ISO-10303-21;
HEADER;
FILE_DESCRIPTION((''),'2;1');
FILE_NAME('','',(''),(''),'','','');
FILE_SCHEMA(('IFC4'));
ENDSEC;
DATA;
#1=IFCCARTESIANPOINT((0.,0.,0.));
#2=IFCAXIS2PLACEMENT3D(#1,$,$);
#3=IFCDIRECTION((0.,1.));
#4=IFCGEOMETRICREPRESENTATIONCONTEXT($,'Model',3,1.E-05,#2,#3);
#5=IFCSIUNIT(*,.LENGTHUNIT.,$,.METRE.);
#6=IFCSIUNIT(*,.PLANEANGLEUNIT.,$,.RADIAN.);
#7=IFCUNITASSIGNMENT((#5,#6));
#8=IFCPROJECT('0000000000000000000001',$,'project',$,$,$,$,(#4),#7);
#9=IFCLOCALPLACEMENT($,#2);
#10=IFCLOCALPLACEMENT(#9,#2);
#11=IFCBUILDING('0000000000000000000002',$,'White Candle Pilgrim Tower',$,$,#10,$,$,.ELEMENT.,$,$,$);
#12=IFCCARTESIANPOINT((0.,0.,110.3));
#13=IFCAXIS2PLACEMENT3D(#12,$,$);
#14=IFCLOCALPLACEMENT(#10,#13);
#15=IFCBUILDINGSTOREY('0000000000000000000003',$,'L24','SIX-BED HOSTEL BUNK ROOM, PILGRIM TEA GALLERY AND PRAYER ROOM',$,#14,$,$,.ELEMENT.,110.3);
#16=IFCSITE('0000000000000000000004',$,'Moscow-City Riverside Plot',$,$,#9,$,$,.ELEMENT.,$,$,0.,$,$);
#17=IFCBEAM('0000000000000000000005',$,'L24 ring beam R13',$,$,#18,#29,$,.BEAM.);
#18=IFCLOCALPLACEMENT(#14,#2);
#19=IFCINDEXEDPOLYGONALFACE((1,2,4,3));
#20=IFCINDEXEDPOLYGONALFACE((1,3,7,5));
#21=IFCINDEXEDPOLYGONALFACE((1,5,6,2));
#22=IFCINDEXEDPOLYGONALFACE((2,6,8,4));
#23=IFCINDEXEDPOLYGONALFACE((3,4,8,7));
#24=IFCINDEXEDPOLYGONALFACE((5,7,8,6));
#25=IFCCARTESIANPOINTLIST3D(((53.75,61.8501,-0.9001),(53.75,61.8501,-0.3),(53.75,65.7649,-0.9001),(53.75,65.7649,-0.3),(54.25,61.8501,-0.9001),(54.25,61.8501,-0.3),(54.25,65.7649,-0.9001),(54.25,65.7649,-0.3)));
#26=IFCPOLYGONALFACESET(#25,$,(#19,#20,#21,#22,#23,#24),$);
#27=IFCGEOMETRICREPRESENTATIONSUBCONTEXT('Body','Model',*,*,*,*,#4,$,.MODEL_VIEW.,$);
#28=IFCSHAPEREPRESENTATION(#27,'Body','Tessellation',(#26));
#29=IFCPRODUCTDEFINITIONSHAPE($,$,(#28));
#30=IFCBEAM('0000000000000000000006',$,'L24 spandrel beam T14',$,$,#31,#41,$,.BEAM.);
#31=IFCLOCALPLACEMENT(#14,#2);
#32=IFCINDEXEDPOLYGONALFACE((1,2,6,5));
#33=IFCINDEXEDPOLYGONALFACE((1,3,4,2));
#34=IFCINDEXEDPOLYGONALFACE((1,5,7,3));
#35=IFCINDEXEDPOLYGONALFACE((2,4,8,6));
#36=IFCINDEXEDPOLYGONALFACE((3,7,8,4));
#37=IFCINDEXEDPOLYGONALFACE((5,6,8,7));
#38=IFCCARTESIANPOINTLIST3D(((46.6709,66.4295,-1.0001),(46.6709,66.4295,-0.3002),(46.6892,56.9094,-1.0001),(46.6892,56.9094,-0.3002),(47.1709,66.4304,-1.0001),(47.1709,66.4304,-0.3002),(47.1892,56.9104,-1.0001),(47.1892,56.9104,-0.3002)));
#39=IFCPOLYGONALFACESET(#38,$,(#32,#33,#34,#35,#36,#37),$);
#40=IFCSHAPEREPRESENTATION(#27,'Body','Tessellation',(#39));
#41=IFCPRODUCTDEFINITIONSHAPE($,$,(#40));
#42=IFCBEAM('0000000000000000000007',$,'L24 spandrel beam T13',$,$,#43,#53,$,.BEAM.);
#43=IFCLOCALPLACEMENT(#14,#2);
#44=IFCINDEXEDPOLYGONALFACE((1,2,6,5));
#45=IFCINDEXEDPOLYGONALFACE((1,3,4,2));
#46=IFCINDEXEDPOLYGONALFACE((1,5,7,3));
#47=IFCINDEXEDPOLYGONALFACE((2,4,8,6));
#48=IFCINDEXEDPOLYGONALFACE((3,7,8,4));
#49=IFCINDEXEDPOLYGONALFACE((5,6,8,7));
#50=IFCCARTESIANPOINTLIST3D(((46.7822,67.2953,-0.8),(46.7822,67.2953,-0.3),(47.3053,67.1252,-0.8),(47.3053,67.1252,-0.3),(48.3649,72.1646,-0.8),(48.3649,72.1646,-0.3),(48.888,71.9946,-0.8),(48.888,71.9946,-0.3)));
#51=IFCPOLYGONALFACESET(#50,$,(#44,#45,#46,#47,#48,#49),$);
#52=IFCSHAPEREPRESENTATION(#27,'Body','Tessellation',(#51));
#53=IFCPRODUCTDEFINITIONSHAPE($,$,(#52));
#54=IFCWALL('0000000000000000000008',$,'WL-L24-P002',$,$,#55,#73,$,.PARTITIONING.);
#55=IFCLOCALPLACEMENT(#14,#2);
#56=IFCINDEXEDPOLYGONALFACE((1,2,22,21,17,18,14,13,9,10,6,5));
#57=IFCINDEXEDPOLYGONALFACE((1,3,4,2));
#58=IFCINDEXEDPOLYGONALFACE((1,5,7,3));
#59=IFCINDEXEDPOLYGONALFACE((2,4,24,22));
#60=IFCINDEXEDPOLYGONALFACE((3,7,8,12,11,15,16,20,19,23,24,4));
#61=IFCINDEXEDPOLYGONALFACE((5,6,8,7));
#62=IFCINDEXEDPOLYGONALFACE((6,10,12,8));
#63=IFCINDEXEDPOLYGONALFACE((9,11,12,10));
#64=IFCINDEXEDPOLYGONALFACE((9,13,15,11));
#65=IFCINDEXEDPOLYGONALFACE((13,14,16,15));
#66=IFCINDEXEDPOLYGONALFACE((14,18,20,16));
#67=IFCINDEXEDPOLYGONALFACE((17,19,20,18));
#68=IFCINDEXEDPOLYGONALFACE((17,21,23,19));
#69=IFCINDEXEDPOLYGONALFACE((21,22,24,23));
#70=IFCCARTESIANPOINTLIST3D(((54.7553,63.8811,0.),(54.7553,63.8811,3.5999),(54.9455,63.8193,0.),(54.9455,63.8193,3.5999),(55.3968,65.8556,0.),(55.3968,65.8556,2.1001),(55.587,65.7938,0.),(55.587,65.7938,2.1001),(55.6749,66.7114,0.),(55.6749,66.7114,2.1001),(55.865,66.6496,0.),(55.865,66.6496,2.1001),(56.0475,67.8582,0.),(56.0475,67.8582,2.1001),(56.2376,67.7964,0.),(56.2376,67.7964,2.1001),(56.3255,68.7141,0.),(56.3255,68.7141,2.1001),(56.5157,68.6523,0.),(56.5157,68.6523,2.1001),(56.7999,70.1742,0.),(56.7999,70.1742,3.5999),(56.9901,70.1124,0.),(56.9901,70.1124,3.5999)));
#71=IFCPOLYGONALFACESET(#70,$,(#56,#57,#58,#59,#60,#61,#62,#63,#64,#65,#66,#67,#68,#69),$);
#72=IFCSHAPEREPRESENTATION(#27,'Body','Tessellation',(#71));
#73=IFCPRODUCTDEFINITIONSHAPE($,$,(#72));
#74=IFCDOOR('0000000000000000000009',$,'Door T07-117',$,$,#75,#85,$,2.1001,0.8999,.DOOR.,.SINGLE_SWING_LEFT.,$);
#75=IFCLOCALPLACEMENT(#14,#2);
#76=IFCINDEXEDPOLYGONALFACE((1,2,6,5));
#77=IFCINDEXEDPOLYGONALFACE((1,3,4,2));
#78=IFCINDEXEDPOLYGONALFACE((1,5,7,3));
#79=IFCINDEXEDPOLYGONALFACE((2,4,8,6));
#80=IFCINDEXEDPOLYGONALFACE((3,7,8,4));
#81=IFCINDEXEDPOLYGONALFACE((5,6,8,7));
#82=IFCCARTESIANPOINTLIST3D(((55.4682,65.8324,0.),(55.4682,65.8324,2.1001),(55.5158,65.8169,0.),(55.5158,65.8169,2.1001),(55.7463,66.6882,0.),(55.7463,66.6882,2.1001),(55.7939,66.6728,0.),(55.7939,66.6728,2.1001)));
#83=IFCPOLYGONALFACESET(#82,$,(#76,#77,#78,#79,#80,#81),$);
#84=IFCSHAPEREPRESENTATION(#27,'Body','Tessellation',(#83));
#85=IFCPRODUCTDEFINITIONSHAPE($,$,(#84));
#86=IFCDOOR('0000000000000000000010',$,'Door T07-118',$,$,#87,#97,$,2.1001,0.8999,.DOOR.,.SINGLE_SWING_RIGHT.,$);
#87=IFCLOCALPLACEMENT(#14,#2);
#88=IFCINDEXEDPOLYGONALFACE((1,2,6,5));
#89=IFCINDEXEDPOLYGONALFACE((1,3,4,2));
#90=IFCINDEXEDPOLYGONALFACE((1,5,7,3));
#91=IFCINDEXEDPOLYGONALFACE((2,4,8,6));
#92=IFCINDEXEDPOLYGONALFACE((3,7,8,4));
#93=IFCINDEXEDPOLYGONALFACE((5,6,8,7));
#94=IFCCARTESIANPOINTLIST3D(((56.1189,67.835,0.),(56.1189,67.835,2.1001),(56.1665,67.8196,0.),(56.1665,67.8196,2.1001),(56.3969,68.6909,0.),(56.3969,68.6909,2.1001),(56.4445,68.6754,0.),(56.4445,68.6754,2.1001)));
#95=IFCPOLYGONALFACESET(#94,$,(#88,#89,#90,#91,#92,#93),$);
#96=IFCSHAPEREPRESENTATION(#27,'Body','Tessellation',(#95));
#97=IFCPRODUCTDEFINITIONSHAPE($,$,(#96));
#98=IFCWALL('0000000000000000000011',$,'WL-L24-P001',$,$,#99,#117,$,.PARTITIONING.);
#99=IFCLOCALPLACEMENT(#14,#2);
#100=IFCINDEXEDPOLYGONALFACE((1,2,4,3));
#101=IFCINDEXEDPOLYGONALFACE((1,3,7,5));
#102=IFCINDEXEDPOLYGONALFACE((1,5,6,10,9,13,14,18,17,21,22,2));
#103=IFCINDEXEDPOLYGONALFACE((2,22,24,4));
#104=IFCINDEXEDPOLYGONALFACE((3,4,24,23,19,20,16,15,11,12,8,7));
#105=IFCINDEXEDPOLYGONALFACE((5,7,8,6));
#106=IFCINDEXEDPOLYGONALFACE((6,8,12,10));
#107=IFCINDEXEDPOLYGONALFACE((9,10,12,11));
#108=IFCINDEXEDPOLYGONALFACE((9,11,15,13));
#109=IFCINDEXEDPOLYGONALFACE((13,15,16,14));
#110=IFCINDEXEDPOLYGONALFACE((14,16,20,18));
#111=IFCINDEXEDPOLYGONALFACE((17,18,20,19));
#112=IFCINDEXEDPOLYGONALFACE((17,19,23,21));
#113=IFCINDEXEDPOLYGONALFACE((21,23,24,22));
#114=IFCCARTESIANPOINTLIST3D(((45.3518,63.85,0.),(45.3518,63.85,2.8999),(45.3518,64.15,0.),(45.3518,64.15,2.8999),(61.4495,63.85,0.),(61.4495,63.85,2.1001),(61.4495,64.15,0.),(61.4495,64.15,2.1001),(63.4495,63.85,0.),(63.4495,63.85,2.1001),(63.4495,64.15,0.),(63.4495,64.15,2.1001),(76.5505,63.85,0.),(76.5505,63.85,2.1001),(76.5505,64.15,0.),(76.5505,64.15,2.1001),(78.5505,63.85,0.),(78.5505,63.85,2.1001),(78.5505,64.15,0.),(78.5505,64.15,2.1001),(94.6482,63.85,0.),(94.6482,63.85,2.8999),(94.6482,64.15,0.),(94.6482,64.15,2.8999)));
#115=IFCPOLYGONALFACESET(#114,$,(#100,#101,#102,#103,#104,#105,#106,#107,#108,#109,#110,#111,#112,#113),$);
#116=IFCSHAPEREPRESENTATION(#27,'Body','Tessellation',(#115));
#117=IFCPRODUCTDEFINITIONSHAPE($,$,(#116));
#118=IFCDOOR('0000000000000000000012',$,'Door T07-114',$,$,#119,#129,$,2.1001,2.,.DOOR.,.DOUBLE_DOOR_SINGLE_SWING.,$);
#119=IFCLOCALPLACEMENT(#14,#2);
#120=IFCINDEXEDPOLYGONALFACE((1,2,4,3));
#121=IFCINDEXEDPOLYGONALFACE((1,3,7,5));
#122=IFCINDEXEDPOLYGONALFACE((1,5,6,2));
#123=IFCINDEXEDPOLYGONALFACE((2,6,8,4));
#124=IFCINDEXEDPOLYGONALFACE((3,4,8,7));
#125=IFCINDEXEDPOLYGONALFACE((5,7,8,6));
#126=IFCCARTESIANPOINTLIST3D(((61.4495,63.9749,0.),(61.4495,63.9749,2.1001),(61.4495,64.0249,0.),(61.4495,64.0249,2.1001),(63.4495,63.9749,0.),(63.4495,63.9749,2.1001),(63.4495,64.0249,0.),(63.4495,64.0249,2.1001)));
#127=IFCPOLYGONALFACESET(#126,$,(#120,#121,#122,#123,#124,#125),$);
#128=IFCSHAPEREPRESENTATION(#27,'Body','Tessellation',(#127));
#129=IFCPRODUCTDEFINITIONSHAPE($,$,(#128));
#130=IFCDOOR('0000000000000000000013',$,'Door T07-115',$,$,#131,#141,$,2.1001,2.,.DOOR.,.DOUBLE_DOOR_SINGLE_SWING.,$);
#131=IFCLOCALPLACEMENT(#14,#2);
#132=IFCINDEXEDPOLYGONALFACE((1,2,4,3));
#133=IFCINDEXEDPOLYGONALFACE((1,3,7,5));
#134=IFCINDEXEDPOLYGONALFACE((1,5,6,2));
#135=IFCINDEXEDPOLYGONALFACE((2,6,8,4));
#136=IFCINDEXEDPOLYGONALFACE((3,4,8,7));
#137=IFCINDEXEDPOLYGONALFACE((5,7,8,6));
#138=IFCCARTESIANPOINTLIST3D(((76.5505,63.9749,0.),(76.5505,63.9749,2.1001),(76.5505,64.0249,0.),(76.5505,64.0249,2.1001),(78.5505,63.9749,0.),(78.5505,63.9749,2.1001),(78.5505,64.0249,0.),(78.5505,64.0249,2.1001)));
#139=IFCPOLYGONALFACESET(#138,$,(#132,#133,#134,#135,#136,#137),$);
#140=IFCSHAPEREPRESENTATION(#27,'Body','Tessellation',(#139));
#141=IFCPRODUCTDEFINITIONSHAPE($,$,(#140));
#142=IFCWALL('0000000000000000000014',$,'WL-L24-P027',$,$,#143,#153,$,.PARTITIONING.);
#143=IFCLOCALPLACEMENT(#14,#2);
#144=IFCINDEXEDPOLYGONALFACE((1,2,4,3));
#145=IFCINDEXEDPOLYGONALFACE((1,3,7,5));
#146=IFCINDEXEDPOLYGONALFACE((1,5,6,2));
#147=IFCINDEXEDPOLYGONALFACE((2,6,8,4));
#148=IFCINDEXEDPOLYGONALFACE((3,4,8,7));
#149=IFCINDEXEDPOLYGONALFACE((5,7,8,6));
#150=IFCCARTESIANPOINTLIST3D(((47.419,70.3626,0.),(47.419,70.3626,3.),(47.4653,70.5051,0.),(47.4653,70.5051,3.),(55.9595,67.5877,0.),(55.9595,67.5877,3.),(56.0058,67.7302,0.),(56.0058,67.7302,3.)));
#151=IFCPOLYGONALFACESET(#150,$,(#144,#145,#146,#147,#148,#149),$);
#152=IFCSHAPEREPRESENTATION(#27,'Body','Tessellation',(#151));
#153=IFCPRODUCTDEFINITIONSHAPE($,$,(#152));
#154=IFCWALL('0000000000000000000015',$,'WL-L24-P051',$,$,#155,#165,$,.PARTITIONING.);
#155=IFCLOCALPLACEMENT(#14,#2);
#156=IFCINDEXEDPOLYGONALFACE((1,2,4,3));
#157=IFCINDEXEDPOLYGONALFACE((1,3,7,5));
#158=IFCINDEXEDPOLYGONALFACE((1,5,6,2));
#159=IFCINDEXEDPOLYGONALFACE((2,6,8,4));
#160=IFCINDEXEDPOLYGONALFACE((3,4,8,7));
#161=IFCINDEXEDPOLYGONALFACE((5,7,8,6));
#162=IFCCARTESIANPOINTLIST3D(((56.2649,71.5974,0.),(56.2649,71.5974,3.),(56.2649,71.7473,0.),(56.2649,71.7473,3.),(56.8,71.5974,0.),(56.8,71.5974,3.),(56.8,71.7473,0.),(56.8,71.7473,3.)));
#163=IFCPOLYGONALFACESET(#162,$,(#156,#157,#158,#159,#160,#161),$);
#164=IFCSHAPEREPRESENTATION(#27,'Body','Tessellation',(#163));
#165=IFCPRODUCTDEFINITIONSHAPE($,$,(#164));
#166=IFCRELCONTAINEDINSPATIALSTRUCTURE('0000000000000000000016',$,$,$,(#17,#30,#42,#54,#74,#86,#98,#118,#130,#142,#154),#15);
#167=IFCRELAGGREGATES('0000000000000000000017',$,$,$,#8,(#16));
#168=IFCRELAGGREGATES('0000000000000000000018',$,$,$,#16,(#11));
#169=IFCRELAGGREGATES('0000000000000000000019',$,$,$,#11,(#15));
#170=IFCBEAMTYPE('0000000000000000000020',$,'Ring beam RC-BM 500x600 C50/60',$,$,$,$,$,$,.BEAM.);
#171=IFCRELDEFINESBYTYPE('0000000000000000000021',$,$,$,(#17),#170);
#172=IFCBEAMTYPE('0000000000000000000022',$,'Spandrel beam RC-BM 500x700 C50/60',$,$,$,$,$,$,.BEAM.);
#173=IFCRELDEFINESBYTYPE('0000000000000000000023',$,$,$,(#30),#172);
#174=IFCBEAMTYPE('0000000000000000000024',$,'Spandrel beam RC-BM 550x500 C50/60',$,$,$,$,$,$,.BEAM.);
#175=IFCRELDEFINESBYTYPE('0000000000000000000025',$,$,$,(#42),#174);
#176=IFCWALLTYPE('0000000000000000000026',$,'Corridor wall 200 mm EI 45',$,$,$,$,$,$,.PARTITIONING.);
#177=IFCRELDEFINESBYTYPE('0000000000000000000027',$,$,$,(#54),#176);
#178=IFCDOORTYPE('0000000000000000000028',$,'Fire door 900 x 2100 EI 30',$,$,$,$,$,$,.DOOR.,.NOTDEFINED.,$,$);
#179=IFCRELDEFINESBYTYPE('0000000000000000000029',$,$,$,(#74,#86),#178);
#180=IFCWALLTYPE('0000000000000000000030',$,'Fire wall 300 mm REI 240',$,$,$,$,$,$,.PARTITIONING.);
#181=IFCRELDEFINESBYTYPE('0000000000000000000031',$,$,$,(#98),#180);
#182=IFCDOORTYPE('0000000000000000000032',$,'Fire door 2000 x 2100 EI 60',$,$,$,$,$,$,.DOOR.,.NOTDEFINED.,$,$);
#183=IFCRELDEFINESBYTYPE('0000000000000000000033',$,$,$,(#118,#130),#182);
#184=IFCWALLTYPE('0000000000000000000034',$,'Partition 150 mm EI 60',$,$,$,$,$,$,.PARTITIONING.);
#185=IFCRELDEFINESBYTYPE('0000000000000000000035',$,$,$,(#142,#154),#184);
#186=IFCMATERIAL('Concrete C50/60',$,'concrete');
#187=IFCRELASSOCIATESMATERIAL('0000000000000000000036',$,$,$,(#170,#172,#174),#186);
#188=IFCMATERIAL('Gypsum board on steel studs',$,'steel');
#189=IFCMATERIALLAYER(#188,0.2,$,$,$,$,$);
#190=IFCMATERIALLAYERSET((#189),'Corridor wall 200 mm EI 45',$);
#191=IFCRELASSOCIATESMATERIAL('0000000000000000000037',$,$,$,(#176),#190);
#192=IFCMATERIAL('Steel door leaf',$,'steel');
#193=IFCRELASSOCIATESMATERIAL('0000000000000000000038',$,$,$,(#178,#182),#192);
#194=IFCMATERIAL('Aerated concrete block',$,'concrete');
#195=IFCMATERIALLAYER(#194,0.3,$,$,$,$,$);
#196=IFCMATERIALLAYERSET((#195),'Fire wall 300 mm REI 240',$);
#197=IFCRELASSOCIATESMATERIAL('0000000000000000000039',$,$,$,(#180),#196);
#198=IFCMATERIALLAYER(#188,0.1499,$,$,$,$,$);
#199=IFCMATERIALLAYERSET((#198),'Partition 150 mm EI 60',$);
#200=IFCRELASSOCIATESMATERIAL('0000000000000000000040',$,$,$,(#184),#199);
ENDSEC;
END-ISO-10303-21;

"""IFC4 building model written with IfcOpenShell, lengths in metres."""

from ifc_helpers import new_model, si_unit, direction, frame, frame_2d, origin, origin_2d, place, context, subcontext, project, spatial, rectangle, extrude, material, layer, layer_set, material_profile, profile_set, type_object, element, fill, save


model = new_model("IFC4")

# Units and contexts
model_context = context("Model", 3, precision=1e-05, world=origin(), true_north=direction((0.0, 1.0)))
body_context = subcontext(model_context, "Body", "Model", "MODEL_VIEW")
ifc_project = project(units=[si_unit("LENGTHUNIT", "METRE"), si_unit("PLANEANGLEUNIT", "RADIAN")], contexts=[model_context])

# Site, building, storey
site_placement = place(None, origin())
site = spatial("IfcSite", under=ifc_project, at=site_placement, Name="Moscow-City Riverside Plot", CompositionType="ELEMENT", RefElevation=0.0)
building_placement = place(site_placement, origin())
building = spatial("IfcBuilding", under=site, at=building_placement, Name="White Candle Pilgrim Tower", CompositionType="ELEMENT")
storey_placement = place(building_placement, frame((0.0, 0.0, 110.3)))
storey = spatial("IfcBuildingStorey", under=building, at=storey_placement, Name="L24", Description="SIX-BED HOSTEL BUNK ROOM, PILGRIM TEA GALLERY AND PRAYER ROOM", CompositionType="ELEMENT", Elevation=110.3)

# Beams
ifc_material_1 = material(Name="Concrete C50/60", Category="concrete")
ifc_material_profile_1 = material_profile(ifc_material_1, rectangle(XDim=0.5, YDim=0.6001, at=origin_2d()), Name="RC-BM 500x600")
ifc_profile_set_1 = profile_set([ifc_material_profile_1], Name="Concrete C50/60")
beam_type_1 = type_object("IfcBeamType", Name="Ring beam RC-BM 500x600 C50/60", PredefinedType="BEAM", material=ifc_profile_set_1)
beam_1_placement = place(storey_placement, frame((54.0, 65.7649, -0.6001), z_axis=(0.0, -1.0, 0.0), x_axis=(1.0, 0.0, 0.0)))
element("IfcBeam", 1, at=beam_1_placement, inside=storey, type_object=beam_type_1, Name="L24 ring beam R13", PredefinedType="BEAM", context=body_context, shape_type="SweptSolid", body=[
    extrude(rectangle(XDim=0.5, YDim=0.6001, at=origin_2d()), origin(), (0.0, 0.0, 1.0), 3.9148),
])
ifc_material_profile_2 = material_profile(ifc_material_1, rectangle(XDim=0.5, YDim=0.7, at=origin_2d()), Name="RC-BM 500x700")
ifc_profile_set_2 = profile_set([ifc_material_profile_2], Name="Concrete C50/60")
beam_type_2 = type_object("IfcBeamType", Name="Spandrel beam RC-BM 500x700 C50/60", PredefinedType="BEAM", material=ifc_profile_set_2)
beam_2_placement = place(storey_placement, frame((46.9209, 66.4299, -0.6501), z_axis=(0.001923, -0.999998, 0.0), x_axis=(0.999998, 0.001923, 0.0)))
element("IfcBeam", 2, at=beam_2_placement, inside=storey, type_object=beam_type_2, Name="L24 spandrel beam T14", PredefinedType="BEAM", context=body_context, shape_type="SweptSolid", body=[
    extrude(rectangle(XDim=0.5, YDim=0.7, at=origin_2d()), origin(), (0.0, 0.0, 1.0), 9.52),
])
ifc_material_profile_3 = material_profile(ifc_material_1, rectangle(XDim=0.55, YDim=0.5, at=origin_2d()), Name="RC-BM 550x500")
ifc_profile_set_3 = profile_set([ifc_material_profile_3], Name="Concrete C50/60")
beam_type_3 = type_object("IfcBeamType", Name="Spandrel beam RC-BM 550x500 C50/60", PredefinedType="BEAM", material=ifc_profile_set_3)
beam_3_placement = place(storey_placement, frame((48.6265, 72.0796, -0.55), z_axis=(-0.309124, -0.951022, 0.0), x_axis=(0.951022, -0.309124, 0.0)))
element("IfcBeam", 3, at=beam_3_placement, inside=storey, type_object=beam_type_3, Name="L24 spandrel beam T13", PredefinedType="BEAM", context=body_context, shape_type="SweptSolid", body=[
    extrude(rectangle(XDim=0.55, YDim=0.5, at=origin_2d()), origin(), (0.0, 0.0, 1.0), 5.1201),
])

# Walls, openings, doors
ifc_material_2 = material(Name="Gypsum board on steel studs", Category="steel")
ifc_layer_1 = layer(ifc_material_2, 0.2)
ifc_layer_set_1 = layer_set([ifc_layer_1], Name="Corridor wall 200 mm EI 45")
wall_type_1 = type_object("IfcWallType", Name="Corridor wall 200 mm EI 45", PredefinedType="PARTITIONING", material=ifc_layer_set_1)
wall_1_placement = place(storey_placement, frame((54.8503, 63.8501, 0.0), z_axis=(0.0, 0.0, 1.0), x_axis=(0.309002, 0.951061, 0.0)))
wall_1 = element("IfcWall", 4, at=wall_1_placement, inside=storey, type_object=wall_type_1, Name="WL-L24-P002", PredefinedType="PARTITIONING", context=body_context, shape_type="SweptSolid", body=[
    extrude(rectangle(XDim=6.6169, YDim=0.2, at=frame_2d((3.3086, 0.0))), origin(), (0.0, 0.0, 1.0), 3.5999),
])
opening_1_placement = place(wall_1_placement, frame((2.0762, 0.0, 0.0)))
opening_1 = element("IfcOpeningElement", 5, at=opening_1_placement, cuts=wall_1, PredefinedType="OPENING", context=body_context, shape_type="SweptSolid", body=[
    extrude(rectangle(XDim=0.8999, YDim=2.1001, at=frame_2d((0.45, 1.05))), frame((0.0, 0.1099, 0.0), z_axis=(0.0, -1.0, 0.0), x_axis=(1.0, 0.0, 0.0)), (0.0, 0.0, 1.0), 0.22),
])
opening_2_placement = place(wall_1_placement, frame((4.1819, 0.0, 0.0)))
opening_2 = element("IfcOpeningElement", 6, at=opening_2_placement, cuts=wall_1, PredefinedType="OPENING", context=body_context, shape_type="SweptSolid", body=[
    extrude(rectangle(XDim=0.8999, YDim=2.1001, at=frame_2d((0.45, 1.05))), frame((0.0, 0.1099, 0.0), z_axis=(0.0, -1.0, 0.0), x_axis=(1.0, 0.0, 0.0)), (0.0, 0.0, 1.0), 0.22),
])
ifc_material_3 = material(Name="Steel door leaf", Category="steel")
door_type_1 = type_object("IfcDoorType", Name="Fire door 900 x 2100 EI 30", OperationType="NOTDEFINED", PredefinedType="DOOR", material=ifc_material_3)
door_1_placement = place(opening_1_placement, origin())
door_1 = element("IfcDoor", 7, at=door_1_placement, inside=storey, type_object=door_type_1, Name="Door T07-117", OperationType="SINGLE_SWING_LEFT", OverallHeight=2.1001, OverallWidth=0.8999, PredefinedType="DOOR", context=body_context, shape_type="SweptSolid", body=[
    extrude(rectangle(XDim=0.8999, YDim=2.1001, at=frame_2d((0.45, 1.05))), frame((0.0, 0.0249, 0.0), z_axis=(0.0, -1.0, 0.0), x_axis=(1.0, 0.0, 0.0)), (0.0, 0.0, 1.0), 0.05),
])
fill(opening_1, door_1)
door_2_placement = place(opening_2_placement, origin())
door_2 = element("IfcDoor", 8, at=door_2_placement, inside=storey, type_object=door_type_1, Name="Door T07-118", OperationType="SINGLE_SWING_RIGHT", OverallHeight=2.1001, OverallWidth=0.8999, PredefinedType="DOOR", context=body_context, shape_type="SweptSolid", body=[
    extrude(rectangle(XDim=0.8999, YDim=2.1001, at=frame_2d((0.45, 1.05))), frame((0.0, 0.0249, 0.0), z_axis=(0.0, -1.0, 0.0), x_axis=(1.0, 0.0, 0.0)), (0.0, 0.0, 1.0), 0.05),
])
fill(opening_2, door_2)
ifc_material_4 = material(Name="Aerated concrete block", Category="concrete")
ifc_layer_2 = layer(ifc_material_4, 0.3)
ifc_layer_set_2 = layer_set([ifc_layer_2], Name="Fire wall 300 mm REI 240")
wall_type_2 = type_object("IfcWallType", Name="Fire wall 300 mm REI 240", PredefinedType="PARTITIONING", material=ifc_layer_set_2)
wall_2_placement = place(storey_placement, frame((45.3518, 64.0, 0.0), z_axis=(0.0, 0.0, 1.0), x_axis=(1.0, 0.0, 0.0)))
wall_2 = element("IfcWall", 9, at=wall_2_placement, inside=storey, type_object=wall_type_2, Name="WL-L24-P001", PredefinedType="PARTITIONING", context=body_context, shape_type="SweptSolid", body=[
    extrude(rectangle(XDim=49.2964, YDim=0.3, at=frame_2d((24.6482, 0.0))), origin(), (0.0, 0.0, 1.0), 2.8999),
])
opening_3_placement = place(wall_2_placement, frame((16.0977, 0.0, 0.0)))
opening_3 = element("IfcOpeningElement", 10, at=opening_3_placement, cuts=wall_2, PredefinedType="OPENING", context=body_context, shape_type="SweptSolid", body=[
    extrude(rectangle(XDim=2.0, YDim=2.1001, at=frame_2d((1.0, 1.05))), frame((0.0, 0.1599, 0.0), z_axis=(0.0, -1.0, 0.0), x_axis=(1.0, 0.0, 0.0)), (0.0, 0.0, 1.0), 0.3201),
])
opening_4_placement = place(wall_2_placement, frame((31.1987, 0.0, 0.0)))
opening_4 = element("IfcOpeningElement", 11, at=opening_4_placement, cuts=wall_2, PredefinedType="OPENING", context=body_context, shape_type="SweptSolid", body=[
    extrude(rectangle(XDim=2.0, YDim=2.1001, at=frame_2d((1.0, 1.05))), frame((0.0, 0.1599, 0.0), z_axis=(0.0, -1.0, 0.0), x_axis=(1.0, 0.0, 0.0)), (0.0, 0.0, 1.0), 0.3201),
])
door_type_2 = type_object("IfcDoorType", Name="Fire door 2000 x 2100 EI 60", OperationType="NOTDEFINED", PredefinedType="DOOR", material=ifc_material_3)
door_3_placement = place(opening_3_placement, origin())
door_3 = element("IfcDoor", 12, at=door_3_placement, inside=storey, type_object=door_type_2, Name="Door T07-114", OperationType="DOUBLE_DOOR_SINGLE_SWING", OverallHeight=2.1001, OverallWidth=2.0, PredefinedType="DOOR", context=body_context, shape_type="SweptSolid", body=[
    extrude(rectangle(XDim=2.0, YDim=2.1001, at=frame_2d((1.0, 1.05))), frame((0.0, 0.0249, 0.0), z_axis=(0.0, -1.0, 0.0), x_axis=(1.0, 0.0, 0.0)), (0.0, 0.0, 1.0), 0.05),
])
fill(opening_3, door_3)
door_4_placement = place(opening_4_placement, origin())
door_4 = element("IfcDoor", 13, at=door_4_placement, inside=storey, type_object=door_type_2, Name="Door T07-115", OperationType="DOUBLE_DOOR_SINGLE_SWING", OverallHeight=2.1001, OverallWidth=2.0, PredefinedType="DOOR", context=body_context, shape_type="SweptSolid", body=[
    extrude(rectangle(XDim=2.0, YDim=2.1001, at=frame_2d((1.0, 1.05))), frame((0.0, 0.0249, 0.0), z_axis=(0.0, -1.0, 0.0), x_axis=(1.0, 0.0, 0.0)), (0.0, 0.0, 1.0), 0.05),
])
fill(opening_4, door_4)

# Walls
ifc_layer_3 = layer(ifc_material_2, 0.1499)
ifc_layer_set_3 = layer_set([ifc_layer_3], Name="Partition 150 mm EI 60")
wall_type_3 = type_object("IfcWallType", Name="Partition 150 mm EI 60", PredefinedType="PARTITIONING", material=ifc_layer_set_3)
wall_3_placement = place(storey_placement, frame((47.4421, 70.4338, 0.0), z_axis=(0.0, 0.0, 1.0), x_axis=(0.951059, -0.309009, 0.0)))
element("IfcWall", 14, at=wall_3_placement, inside=storey, type_object=wall_type_3, Name="WL-L24-P027", PredefinedType="PARTITIONING", context=body_context, shape_type="SweptSolid", body=[
    extrude(rectangle(XDim=8.98, YDim=0.1499, at=frame_2d((4.49, 0.0))), origin(), (0.0, 0.0, 1.0), 3.0),
])
wall_4_placement = place(storey_placement, frame((56.2649, 71.6724, 0.0), z_axis=(0.0, 0.0, 1.0), x_axis=(1.0, 0.0, 0.0)))
element("IfcWall", 15, at=wall_4_placement, inside=storey, type_object=wall_type_3, Name="WL-L24-P051", PredefinedType="PARTITIONING", context=body_context, shape_type="SweptSolid", body=[
    extrude(rectangle(XDim=0.5352, YDim=0.1499, at=frame_2d((0.2676, 0.0))), origin(), (0.0, 0.0, 1.0), 3.0),
])

save(model, "model.ifc")
